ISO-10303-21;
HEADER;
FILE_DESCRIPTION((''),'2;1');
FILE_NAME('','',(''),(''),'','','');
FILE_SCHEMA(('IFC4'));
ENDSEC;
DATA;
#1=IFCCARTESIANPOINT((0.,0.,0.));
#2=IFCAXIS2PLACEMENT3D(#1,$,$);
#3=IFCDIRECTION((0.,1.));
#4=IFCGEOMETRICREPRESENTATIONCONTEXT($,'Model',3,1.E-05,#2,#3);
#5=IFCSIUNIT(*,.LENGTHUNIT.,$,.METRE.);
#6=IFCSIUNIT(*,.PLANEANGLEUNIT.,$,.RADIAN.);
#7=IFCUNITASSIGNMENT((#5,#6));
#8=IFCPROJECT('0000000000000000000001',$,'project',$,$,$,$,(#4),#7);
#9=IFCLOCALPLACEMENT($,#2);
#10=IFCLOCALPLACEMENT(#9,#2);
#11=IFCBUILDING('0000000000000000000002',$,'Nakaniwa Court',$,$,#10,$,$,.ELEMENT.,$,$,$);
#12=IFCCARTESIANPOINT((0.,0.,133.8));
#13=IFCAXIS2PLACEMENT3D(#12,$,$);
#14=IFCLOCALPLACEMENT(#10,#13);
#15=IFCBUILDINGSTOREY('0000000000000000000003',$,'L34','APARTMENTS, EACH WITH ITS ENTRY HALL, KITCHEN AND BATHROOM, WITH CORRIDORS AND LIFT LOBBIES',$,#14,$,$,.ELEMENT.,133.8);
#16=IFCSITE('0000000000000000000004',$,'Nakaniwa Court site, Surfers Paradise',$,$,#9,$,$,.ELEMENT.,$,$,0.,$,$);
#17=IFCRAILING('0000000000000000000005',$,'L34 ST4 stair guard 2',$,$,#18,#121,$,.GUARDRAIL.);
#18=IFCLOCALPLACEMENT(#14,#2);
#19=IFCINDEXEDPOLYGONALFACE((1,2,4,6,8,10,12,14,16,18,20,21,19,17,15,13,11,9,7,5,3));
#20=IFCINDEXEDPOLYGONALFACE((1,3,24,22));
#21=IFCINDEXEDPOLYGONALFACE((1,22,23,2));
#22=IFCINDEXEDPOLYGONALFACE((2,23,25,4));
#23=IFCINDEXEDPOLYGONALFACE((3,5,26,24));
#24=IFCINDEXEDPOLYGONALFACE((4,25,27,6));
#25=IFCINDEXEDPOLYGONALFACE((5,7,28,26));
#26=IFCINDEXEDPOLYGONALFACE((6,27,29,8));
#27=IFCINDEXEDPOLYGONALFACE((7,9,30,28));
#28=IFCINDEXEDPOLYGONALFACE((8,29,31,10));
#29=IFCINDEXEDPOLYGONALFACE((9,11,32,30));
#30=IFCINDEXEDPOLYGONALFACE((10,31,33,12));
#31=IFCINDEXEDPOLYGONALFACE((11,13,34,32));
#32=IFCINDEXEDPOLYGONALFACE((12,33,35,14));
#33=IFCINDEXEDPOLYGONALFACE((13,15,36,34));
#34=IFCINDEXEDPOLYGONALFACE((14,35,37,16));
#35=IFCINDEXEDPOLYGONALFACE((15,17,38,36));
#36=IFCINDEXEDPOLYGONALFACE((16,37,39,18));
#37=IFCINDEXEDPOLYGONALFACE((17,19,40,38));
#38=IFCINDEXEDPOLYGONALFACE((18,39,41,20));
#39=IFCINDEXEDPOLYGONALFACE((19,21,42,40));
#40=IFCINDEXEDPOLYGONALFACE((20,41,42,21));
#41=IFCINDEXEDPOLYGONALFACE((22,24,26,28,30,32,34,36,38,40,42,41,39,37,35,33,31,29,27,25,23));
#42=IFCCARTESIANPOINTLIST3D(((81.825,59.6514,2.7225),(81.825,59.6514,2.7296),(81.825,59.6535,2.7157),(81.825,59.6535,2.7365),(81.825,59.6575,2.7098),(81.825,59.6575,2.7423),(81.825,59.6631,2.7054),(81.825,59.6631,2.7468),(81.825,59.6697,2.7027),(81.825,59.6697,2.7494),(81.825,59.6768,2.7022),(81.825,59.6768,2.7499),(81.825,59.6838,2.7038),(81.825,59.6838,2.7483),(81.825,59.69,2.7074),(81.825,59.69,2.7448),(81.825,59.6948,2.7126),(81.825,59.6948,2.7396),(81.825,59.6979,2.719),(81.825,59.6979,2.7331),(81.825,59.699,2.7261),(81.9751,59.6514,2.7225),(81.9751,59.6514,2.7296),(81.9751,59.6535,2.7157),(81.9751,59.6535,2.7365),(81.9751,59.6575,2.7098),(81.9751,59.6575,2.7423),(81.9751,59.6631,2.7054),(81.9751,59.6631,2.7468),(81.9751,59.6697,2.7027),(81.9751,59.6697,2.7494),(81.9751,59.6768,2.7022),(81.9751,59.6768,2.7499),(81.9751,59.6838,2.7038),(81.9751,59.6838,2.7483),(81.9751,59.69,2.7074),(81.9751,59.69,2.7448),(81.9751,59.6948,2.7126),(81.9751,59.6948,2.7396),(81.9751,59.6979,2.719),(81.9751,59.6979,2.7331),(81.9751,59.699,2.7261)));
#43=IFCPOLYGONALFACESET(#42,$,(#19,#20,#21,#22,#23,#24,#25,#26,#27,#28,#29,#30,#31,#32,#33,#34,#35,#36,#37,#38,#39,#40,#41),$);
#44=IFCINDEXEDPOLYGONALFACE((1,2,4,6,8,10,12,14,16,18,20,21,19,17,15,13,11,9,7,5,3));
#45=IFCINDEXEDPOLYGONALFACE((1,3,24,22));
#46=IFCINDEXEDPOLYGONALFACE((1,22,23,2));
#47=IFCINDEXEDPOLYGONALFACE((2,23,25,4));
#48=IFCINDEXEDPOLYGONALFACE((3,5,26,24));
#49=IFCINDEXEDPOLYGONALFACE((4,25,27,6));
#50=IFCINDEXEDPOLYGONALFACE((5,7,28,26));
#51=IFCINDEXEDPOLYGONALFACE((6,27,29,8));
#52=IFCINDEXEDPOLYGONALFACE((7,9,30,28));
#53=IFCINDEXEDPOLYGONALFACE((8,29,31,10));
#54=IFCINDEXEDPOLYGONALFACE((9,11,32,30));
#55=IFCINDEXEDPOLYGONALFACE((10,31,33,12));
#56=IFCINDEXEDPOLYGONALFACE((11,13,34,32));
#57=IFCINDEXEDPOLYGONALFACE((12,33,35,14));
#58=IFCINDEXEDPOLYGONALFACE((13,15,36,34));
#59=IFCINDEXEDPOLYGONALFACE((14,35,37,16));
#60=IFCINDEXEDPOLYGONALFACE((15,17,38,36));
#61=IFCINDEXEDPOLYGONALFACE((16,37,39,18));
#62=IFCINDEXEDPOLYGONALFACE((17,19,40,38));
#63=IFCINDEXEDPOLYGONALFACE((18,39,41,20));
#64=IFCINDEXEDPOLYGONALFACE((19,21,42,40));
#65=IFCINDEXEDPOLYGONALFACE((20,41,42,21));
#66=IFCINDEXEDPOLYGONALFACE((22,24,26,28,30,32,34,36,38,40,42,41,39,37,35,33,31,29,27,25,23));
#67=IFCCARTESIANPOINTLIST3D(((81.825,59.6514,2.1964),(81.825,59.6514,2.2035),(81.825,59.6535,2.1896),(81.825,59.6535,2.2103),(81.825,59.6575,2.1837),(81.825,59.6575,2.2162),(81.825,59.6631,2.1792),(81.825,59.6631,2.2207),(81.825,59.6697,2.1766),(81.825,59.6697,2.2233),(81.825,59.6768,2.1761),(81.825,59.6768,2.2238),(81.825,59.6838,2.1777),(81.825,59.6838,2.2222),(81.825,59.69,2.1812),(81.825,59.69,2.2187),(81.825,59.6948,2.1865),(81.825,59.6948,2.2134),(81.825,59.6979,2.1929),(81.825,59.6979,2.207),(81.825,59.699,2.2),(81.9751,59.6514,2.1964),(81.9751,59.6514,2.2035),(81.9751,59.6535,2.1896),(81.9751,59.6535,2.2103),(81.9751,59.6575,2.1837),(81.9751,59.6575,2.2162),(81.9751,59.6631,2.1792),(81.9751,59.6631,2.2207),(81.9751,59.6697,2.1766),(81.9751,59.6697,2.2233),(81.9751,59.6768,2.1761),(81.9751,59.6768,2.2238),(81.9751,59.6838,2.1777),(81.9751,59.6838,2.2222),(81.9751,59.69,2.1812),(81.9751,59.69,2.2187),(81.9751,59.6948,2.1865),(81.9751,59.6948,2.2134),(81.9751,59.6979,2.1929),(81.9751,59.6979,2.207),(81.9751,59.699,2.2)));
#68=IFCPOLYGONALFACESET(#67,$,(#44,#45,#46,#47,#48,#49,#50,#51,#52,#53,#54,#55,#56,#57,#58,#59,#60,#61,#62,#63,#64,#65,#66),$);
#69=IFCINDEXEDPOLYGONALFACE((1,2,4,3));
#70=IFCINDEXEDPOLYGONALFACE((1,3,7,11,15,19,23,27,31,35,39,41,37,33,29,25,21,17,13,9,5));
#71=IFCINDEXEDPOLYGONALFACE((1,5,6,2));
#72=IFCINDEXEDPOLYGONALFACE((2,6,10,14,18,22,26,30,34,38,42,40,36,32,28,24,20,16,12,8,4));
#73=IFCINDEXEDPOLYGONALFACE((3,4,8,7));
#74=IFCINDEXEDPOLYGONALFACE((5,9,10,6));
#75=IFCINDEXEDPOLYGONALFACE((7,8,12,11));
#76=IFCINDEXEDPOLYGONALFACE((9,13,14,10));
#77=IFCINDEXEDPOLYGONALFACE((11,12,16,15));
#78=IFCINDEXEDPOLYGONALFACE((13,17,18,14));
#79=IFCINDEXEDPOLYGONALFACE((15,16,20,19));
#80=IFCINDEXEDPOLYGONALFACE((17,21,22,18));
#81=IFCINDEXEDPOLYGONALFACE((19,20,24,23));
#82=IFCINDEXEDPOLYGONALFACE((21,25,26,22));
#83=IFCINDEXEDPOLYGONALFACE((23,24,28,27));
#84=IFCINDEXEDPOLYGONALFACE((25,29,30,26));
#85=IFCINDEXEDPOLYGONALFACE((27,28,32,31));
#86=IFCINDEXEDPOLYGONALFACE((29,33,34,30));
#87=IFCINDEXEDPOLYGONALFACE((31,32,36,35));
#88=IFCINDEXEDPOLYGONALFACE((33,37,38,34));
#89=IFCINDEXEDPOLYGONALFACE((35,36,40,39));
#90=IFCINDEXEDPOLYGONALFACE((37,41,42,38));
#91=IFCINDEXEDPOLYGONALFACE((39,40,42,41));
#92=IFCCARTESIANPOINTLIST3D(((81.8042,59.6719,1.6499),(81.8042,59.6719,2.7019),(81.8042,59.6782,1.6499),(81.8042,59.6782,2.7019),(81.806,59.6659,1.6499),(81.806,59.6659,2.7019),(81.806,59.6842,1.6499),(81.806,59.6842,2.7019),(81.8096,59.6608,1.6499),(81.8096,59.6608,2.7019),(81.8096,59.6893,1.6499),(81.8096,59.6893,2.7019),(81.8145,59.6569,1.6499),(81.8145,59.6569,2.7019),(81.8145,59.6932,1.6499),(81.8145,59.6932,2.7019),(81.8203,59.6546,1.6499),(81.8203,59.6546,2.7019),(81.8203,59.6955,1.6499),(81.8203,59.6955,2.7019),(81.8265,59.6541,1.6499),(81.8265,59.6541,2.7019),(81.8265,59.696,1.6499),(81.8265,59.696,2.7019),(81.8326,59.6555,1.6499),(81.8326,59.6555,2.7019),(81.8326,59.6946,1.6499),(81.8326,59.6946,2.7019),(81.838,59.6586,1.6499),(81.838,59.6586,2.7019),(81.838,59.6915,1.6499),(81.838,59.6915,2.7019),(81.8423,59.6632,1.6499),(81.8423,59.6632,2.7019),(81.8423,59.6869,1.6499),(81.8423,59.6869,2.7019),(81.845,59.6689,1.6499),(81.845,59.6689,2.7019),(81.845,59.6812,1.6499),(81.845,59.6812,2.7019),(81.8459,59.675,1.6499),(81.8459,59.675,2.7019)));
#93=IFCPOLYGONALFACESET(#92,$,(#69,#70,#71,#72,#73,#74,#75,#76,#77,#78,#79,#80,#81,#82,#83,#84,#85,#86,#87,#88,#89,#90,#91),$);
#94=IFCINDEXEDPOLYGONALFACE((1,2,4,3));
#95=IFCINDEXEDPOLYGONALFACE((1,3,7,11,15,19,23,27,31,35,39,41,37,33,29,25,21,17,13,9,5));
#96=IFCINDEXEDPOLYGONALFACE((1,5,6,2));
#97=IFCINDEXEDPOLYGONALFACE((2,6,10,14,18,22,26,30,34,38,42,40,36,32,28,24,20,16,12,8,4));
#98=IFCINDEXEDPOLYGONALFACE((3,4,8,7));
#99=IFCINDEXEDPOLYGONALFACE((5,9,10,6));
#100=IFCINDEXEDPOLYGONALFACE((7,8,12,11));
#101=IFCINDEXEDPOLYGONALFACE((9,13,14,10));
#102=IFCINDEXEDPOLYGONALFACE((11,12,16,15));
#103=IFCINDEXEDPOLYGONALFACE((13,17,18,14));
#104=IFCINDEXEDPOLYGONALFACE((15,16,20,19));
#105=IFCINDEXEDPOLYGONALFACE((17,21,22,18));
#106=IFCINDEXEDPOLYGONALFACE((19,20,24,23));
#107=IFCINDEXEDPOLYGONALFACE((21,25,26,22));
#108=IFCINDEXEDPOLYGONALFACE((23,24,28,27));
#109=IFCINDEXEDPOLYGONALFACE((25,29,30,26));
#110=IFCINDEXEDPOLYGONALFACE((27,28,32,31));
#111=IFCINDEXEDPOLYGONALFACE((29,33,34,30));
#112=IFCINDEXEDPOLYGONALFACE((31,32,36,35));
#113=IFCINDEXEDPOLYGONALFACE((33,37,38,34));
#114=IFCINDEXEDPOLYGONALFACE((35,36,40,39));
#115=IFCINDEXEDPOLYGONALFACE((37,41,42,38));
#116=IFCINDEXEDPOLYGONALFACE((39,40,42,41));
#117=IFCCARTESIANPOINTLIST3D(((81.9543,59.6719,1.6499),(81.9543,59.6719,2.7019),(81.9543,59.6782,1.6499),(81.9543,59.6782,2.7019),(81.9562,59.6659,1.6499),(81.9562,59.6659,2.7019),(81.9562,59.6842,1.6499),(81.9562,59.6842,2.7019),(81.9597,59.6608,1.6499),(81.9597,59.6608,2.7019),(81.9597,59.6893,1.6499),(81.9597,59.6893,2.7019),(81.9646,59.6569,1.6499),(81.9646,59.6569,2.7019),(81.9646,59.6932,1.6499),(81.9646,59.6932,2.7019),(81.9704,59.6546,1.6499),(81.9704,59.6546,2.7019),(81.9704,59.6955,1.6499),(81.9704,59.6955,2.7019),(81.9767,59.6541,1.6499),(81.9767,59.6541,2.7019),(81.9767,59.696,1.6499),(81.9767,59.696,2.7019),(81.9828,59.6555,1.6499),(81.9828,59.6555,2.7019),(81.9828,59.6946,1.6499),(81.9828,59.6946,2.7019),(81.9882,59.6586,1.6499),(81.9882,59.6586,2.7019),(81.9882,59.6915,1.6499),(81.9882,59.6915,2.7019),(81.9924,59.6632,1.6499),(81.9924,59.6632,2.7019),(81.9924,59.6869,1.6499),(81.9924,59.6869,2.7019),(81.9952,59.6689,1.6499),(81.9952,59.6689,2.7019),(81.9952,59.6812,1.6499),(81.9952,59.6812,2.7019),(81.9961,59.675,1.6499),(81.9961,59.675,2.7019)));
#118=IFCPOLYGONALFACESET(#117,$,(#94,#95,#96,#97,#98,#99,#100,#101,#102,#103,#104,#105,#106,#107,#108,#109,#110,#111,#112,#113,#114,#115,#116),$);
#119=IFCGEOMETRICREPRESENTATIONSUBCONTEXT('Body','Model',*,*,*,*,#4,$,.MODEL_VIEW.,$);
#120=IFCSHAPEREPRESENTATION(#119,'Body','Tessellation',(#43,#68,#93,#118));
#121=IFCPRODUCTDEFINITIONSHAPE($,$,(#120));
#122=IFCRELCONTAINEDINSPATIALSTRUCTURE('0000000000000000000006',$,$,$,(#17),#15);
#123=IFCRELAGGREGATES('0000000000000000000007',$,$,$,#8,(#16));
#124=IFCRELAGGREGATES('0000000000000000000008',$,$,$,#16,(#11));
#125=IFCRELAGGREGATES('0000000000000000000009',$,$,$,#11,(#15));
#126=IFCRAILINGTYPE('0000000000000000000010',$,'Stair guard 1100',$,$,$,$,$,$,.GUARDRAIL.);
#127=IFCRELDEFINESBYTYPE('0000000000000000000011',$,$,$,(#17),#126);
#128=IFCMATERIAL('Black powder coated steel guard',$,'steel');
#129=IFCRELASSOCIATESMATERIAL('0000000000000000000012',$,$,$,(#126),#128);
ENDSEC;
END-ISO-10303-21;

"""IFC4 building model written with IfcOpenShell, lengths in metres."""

from ifc_helpers import new_model, si_unit, direction, frame, origin, origin_2d, place, context, subcontext, project, spatial, circle, extrude, material, type_object, element, save


model = new_model("IFC4")

# Units and contexts
model_context = context("Model", 3, precision=1e-05, world=origin(), true_north=direction((0.0, 1.0)))
body_context = subcontext(model_context, "Body", "Model", "MODEL_VIEW")
ifc_project = project(units=[si_unit("LENGTHUNIT", "METRE"), si_unit("PLANEANGLEUNIT", "RADIAN")], contexts=[model_context])

# Site, building, storey
site_placement = place(None, origin())
site = spatial("IfcSite", under=ifc_project, at=site_placement, Name="Nakaniwa Court site, Surfers Paradise", CompositionType="ELEMENT", RefElevation=0.0)
building_placement = place(site_placement, origin())
building = spatial("IfcBuilding", under=site, at=building_placement, Name="Nakaniwa Court", CompositionType="ELEMENT")
storey_placement = place(building_placement, frame((0.0, 0.0, 133.8)))
storey = spatial("IfcBuildingStorey", under=building, at=storey_placement, Name="L34", Description="APARTMENTS, EACH WITH ITS ENTRY HALL, KITCHEN AND BATHROOM, WITH CORRIDORS AND LIFT LOBBIES", CompositionType="ELEMENT", Elevation=133.8)

# Railing
ifc_material_1 = material(Name="Black powder coated steel guard", Category="steel")
railing_type_1 = type_object("IfcRailingType", Name="Stair guard 1100", PredefinedType="GUARDRAIL", material=ifc_material_1)
railing_1_placement = place(storey_placement, frame((81.825, 59.675, 1.6499)))
element("IfcRailing", 1, at=railing_1_placement, inside=storey, type_object=railing_type_1, Name="L34 ST4 stair guard 2", PredefinedType="GUARDRAIL", context=body_context, shape_type="SweptSolid", body=[
    extrude(circle(Radius=0.0239, at=origin_2d()), frame((0.0, 0.0, 1.0762), z_axis=(1.0, 0.0, 0.0), x_axis=(0.0, 1.0, 0.0)), (0.0, 0.0, 1.0), 0.1501),
    extrude(circle(Radius=0.0239, at=origin_2d()), frame((0.0, 0.0, 0.55), z_axis=(1.0, 0.0, 0.0), x_axis=(0.0, 1.0, 0.0)), (0.0, 0.0, 1.0), 0.1501),
    extrude(circle(Radius=0.021, at=origin_2d()), origin(), (0.0, 0.0, 1.0), 1.052),
    extrude(circle(Radius=0.021, at=origin_2d()), frame((0.1501, 0.0, 0.0)), (0.0, 0.0, 1.0), 1.052),
])

save(model, "model.ifc")
